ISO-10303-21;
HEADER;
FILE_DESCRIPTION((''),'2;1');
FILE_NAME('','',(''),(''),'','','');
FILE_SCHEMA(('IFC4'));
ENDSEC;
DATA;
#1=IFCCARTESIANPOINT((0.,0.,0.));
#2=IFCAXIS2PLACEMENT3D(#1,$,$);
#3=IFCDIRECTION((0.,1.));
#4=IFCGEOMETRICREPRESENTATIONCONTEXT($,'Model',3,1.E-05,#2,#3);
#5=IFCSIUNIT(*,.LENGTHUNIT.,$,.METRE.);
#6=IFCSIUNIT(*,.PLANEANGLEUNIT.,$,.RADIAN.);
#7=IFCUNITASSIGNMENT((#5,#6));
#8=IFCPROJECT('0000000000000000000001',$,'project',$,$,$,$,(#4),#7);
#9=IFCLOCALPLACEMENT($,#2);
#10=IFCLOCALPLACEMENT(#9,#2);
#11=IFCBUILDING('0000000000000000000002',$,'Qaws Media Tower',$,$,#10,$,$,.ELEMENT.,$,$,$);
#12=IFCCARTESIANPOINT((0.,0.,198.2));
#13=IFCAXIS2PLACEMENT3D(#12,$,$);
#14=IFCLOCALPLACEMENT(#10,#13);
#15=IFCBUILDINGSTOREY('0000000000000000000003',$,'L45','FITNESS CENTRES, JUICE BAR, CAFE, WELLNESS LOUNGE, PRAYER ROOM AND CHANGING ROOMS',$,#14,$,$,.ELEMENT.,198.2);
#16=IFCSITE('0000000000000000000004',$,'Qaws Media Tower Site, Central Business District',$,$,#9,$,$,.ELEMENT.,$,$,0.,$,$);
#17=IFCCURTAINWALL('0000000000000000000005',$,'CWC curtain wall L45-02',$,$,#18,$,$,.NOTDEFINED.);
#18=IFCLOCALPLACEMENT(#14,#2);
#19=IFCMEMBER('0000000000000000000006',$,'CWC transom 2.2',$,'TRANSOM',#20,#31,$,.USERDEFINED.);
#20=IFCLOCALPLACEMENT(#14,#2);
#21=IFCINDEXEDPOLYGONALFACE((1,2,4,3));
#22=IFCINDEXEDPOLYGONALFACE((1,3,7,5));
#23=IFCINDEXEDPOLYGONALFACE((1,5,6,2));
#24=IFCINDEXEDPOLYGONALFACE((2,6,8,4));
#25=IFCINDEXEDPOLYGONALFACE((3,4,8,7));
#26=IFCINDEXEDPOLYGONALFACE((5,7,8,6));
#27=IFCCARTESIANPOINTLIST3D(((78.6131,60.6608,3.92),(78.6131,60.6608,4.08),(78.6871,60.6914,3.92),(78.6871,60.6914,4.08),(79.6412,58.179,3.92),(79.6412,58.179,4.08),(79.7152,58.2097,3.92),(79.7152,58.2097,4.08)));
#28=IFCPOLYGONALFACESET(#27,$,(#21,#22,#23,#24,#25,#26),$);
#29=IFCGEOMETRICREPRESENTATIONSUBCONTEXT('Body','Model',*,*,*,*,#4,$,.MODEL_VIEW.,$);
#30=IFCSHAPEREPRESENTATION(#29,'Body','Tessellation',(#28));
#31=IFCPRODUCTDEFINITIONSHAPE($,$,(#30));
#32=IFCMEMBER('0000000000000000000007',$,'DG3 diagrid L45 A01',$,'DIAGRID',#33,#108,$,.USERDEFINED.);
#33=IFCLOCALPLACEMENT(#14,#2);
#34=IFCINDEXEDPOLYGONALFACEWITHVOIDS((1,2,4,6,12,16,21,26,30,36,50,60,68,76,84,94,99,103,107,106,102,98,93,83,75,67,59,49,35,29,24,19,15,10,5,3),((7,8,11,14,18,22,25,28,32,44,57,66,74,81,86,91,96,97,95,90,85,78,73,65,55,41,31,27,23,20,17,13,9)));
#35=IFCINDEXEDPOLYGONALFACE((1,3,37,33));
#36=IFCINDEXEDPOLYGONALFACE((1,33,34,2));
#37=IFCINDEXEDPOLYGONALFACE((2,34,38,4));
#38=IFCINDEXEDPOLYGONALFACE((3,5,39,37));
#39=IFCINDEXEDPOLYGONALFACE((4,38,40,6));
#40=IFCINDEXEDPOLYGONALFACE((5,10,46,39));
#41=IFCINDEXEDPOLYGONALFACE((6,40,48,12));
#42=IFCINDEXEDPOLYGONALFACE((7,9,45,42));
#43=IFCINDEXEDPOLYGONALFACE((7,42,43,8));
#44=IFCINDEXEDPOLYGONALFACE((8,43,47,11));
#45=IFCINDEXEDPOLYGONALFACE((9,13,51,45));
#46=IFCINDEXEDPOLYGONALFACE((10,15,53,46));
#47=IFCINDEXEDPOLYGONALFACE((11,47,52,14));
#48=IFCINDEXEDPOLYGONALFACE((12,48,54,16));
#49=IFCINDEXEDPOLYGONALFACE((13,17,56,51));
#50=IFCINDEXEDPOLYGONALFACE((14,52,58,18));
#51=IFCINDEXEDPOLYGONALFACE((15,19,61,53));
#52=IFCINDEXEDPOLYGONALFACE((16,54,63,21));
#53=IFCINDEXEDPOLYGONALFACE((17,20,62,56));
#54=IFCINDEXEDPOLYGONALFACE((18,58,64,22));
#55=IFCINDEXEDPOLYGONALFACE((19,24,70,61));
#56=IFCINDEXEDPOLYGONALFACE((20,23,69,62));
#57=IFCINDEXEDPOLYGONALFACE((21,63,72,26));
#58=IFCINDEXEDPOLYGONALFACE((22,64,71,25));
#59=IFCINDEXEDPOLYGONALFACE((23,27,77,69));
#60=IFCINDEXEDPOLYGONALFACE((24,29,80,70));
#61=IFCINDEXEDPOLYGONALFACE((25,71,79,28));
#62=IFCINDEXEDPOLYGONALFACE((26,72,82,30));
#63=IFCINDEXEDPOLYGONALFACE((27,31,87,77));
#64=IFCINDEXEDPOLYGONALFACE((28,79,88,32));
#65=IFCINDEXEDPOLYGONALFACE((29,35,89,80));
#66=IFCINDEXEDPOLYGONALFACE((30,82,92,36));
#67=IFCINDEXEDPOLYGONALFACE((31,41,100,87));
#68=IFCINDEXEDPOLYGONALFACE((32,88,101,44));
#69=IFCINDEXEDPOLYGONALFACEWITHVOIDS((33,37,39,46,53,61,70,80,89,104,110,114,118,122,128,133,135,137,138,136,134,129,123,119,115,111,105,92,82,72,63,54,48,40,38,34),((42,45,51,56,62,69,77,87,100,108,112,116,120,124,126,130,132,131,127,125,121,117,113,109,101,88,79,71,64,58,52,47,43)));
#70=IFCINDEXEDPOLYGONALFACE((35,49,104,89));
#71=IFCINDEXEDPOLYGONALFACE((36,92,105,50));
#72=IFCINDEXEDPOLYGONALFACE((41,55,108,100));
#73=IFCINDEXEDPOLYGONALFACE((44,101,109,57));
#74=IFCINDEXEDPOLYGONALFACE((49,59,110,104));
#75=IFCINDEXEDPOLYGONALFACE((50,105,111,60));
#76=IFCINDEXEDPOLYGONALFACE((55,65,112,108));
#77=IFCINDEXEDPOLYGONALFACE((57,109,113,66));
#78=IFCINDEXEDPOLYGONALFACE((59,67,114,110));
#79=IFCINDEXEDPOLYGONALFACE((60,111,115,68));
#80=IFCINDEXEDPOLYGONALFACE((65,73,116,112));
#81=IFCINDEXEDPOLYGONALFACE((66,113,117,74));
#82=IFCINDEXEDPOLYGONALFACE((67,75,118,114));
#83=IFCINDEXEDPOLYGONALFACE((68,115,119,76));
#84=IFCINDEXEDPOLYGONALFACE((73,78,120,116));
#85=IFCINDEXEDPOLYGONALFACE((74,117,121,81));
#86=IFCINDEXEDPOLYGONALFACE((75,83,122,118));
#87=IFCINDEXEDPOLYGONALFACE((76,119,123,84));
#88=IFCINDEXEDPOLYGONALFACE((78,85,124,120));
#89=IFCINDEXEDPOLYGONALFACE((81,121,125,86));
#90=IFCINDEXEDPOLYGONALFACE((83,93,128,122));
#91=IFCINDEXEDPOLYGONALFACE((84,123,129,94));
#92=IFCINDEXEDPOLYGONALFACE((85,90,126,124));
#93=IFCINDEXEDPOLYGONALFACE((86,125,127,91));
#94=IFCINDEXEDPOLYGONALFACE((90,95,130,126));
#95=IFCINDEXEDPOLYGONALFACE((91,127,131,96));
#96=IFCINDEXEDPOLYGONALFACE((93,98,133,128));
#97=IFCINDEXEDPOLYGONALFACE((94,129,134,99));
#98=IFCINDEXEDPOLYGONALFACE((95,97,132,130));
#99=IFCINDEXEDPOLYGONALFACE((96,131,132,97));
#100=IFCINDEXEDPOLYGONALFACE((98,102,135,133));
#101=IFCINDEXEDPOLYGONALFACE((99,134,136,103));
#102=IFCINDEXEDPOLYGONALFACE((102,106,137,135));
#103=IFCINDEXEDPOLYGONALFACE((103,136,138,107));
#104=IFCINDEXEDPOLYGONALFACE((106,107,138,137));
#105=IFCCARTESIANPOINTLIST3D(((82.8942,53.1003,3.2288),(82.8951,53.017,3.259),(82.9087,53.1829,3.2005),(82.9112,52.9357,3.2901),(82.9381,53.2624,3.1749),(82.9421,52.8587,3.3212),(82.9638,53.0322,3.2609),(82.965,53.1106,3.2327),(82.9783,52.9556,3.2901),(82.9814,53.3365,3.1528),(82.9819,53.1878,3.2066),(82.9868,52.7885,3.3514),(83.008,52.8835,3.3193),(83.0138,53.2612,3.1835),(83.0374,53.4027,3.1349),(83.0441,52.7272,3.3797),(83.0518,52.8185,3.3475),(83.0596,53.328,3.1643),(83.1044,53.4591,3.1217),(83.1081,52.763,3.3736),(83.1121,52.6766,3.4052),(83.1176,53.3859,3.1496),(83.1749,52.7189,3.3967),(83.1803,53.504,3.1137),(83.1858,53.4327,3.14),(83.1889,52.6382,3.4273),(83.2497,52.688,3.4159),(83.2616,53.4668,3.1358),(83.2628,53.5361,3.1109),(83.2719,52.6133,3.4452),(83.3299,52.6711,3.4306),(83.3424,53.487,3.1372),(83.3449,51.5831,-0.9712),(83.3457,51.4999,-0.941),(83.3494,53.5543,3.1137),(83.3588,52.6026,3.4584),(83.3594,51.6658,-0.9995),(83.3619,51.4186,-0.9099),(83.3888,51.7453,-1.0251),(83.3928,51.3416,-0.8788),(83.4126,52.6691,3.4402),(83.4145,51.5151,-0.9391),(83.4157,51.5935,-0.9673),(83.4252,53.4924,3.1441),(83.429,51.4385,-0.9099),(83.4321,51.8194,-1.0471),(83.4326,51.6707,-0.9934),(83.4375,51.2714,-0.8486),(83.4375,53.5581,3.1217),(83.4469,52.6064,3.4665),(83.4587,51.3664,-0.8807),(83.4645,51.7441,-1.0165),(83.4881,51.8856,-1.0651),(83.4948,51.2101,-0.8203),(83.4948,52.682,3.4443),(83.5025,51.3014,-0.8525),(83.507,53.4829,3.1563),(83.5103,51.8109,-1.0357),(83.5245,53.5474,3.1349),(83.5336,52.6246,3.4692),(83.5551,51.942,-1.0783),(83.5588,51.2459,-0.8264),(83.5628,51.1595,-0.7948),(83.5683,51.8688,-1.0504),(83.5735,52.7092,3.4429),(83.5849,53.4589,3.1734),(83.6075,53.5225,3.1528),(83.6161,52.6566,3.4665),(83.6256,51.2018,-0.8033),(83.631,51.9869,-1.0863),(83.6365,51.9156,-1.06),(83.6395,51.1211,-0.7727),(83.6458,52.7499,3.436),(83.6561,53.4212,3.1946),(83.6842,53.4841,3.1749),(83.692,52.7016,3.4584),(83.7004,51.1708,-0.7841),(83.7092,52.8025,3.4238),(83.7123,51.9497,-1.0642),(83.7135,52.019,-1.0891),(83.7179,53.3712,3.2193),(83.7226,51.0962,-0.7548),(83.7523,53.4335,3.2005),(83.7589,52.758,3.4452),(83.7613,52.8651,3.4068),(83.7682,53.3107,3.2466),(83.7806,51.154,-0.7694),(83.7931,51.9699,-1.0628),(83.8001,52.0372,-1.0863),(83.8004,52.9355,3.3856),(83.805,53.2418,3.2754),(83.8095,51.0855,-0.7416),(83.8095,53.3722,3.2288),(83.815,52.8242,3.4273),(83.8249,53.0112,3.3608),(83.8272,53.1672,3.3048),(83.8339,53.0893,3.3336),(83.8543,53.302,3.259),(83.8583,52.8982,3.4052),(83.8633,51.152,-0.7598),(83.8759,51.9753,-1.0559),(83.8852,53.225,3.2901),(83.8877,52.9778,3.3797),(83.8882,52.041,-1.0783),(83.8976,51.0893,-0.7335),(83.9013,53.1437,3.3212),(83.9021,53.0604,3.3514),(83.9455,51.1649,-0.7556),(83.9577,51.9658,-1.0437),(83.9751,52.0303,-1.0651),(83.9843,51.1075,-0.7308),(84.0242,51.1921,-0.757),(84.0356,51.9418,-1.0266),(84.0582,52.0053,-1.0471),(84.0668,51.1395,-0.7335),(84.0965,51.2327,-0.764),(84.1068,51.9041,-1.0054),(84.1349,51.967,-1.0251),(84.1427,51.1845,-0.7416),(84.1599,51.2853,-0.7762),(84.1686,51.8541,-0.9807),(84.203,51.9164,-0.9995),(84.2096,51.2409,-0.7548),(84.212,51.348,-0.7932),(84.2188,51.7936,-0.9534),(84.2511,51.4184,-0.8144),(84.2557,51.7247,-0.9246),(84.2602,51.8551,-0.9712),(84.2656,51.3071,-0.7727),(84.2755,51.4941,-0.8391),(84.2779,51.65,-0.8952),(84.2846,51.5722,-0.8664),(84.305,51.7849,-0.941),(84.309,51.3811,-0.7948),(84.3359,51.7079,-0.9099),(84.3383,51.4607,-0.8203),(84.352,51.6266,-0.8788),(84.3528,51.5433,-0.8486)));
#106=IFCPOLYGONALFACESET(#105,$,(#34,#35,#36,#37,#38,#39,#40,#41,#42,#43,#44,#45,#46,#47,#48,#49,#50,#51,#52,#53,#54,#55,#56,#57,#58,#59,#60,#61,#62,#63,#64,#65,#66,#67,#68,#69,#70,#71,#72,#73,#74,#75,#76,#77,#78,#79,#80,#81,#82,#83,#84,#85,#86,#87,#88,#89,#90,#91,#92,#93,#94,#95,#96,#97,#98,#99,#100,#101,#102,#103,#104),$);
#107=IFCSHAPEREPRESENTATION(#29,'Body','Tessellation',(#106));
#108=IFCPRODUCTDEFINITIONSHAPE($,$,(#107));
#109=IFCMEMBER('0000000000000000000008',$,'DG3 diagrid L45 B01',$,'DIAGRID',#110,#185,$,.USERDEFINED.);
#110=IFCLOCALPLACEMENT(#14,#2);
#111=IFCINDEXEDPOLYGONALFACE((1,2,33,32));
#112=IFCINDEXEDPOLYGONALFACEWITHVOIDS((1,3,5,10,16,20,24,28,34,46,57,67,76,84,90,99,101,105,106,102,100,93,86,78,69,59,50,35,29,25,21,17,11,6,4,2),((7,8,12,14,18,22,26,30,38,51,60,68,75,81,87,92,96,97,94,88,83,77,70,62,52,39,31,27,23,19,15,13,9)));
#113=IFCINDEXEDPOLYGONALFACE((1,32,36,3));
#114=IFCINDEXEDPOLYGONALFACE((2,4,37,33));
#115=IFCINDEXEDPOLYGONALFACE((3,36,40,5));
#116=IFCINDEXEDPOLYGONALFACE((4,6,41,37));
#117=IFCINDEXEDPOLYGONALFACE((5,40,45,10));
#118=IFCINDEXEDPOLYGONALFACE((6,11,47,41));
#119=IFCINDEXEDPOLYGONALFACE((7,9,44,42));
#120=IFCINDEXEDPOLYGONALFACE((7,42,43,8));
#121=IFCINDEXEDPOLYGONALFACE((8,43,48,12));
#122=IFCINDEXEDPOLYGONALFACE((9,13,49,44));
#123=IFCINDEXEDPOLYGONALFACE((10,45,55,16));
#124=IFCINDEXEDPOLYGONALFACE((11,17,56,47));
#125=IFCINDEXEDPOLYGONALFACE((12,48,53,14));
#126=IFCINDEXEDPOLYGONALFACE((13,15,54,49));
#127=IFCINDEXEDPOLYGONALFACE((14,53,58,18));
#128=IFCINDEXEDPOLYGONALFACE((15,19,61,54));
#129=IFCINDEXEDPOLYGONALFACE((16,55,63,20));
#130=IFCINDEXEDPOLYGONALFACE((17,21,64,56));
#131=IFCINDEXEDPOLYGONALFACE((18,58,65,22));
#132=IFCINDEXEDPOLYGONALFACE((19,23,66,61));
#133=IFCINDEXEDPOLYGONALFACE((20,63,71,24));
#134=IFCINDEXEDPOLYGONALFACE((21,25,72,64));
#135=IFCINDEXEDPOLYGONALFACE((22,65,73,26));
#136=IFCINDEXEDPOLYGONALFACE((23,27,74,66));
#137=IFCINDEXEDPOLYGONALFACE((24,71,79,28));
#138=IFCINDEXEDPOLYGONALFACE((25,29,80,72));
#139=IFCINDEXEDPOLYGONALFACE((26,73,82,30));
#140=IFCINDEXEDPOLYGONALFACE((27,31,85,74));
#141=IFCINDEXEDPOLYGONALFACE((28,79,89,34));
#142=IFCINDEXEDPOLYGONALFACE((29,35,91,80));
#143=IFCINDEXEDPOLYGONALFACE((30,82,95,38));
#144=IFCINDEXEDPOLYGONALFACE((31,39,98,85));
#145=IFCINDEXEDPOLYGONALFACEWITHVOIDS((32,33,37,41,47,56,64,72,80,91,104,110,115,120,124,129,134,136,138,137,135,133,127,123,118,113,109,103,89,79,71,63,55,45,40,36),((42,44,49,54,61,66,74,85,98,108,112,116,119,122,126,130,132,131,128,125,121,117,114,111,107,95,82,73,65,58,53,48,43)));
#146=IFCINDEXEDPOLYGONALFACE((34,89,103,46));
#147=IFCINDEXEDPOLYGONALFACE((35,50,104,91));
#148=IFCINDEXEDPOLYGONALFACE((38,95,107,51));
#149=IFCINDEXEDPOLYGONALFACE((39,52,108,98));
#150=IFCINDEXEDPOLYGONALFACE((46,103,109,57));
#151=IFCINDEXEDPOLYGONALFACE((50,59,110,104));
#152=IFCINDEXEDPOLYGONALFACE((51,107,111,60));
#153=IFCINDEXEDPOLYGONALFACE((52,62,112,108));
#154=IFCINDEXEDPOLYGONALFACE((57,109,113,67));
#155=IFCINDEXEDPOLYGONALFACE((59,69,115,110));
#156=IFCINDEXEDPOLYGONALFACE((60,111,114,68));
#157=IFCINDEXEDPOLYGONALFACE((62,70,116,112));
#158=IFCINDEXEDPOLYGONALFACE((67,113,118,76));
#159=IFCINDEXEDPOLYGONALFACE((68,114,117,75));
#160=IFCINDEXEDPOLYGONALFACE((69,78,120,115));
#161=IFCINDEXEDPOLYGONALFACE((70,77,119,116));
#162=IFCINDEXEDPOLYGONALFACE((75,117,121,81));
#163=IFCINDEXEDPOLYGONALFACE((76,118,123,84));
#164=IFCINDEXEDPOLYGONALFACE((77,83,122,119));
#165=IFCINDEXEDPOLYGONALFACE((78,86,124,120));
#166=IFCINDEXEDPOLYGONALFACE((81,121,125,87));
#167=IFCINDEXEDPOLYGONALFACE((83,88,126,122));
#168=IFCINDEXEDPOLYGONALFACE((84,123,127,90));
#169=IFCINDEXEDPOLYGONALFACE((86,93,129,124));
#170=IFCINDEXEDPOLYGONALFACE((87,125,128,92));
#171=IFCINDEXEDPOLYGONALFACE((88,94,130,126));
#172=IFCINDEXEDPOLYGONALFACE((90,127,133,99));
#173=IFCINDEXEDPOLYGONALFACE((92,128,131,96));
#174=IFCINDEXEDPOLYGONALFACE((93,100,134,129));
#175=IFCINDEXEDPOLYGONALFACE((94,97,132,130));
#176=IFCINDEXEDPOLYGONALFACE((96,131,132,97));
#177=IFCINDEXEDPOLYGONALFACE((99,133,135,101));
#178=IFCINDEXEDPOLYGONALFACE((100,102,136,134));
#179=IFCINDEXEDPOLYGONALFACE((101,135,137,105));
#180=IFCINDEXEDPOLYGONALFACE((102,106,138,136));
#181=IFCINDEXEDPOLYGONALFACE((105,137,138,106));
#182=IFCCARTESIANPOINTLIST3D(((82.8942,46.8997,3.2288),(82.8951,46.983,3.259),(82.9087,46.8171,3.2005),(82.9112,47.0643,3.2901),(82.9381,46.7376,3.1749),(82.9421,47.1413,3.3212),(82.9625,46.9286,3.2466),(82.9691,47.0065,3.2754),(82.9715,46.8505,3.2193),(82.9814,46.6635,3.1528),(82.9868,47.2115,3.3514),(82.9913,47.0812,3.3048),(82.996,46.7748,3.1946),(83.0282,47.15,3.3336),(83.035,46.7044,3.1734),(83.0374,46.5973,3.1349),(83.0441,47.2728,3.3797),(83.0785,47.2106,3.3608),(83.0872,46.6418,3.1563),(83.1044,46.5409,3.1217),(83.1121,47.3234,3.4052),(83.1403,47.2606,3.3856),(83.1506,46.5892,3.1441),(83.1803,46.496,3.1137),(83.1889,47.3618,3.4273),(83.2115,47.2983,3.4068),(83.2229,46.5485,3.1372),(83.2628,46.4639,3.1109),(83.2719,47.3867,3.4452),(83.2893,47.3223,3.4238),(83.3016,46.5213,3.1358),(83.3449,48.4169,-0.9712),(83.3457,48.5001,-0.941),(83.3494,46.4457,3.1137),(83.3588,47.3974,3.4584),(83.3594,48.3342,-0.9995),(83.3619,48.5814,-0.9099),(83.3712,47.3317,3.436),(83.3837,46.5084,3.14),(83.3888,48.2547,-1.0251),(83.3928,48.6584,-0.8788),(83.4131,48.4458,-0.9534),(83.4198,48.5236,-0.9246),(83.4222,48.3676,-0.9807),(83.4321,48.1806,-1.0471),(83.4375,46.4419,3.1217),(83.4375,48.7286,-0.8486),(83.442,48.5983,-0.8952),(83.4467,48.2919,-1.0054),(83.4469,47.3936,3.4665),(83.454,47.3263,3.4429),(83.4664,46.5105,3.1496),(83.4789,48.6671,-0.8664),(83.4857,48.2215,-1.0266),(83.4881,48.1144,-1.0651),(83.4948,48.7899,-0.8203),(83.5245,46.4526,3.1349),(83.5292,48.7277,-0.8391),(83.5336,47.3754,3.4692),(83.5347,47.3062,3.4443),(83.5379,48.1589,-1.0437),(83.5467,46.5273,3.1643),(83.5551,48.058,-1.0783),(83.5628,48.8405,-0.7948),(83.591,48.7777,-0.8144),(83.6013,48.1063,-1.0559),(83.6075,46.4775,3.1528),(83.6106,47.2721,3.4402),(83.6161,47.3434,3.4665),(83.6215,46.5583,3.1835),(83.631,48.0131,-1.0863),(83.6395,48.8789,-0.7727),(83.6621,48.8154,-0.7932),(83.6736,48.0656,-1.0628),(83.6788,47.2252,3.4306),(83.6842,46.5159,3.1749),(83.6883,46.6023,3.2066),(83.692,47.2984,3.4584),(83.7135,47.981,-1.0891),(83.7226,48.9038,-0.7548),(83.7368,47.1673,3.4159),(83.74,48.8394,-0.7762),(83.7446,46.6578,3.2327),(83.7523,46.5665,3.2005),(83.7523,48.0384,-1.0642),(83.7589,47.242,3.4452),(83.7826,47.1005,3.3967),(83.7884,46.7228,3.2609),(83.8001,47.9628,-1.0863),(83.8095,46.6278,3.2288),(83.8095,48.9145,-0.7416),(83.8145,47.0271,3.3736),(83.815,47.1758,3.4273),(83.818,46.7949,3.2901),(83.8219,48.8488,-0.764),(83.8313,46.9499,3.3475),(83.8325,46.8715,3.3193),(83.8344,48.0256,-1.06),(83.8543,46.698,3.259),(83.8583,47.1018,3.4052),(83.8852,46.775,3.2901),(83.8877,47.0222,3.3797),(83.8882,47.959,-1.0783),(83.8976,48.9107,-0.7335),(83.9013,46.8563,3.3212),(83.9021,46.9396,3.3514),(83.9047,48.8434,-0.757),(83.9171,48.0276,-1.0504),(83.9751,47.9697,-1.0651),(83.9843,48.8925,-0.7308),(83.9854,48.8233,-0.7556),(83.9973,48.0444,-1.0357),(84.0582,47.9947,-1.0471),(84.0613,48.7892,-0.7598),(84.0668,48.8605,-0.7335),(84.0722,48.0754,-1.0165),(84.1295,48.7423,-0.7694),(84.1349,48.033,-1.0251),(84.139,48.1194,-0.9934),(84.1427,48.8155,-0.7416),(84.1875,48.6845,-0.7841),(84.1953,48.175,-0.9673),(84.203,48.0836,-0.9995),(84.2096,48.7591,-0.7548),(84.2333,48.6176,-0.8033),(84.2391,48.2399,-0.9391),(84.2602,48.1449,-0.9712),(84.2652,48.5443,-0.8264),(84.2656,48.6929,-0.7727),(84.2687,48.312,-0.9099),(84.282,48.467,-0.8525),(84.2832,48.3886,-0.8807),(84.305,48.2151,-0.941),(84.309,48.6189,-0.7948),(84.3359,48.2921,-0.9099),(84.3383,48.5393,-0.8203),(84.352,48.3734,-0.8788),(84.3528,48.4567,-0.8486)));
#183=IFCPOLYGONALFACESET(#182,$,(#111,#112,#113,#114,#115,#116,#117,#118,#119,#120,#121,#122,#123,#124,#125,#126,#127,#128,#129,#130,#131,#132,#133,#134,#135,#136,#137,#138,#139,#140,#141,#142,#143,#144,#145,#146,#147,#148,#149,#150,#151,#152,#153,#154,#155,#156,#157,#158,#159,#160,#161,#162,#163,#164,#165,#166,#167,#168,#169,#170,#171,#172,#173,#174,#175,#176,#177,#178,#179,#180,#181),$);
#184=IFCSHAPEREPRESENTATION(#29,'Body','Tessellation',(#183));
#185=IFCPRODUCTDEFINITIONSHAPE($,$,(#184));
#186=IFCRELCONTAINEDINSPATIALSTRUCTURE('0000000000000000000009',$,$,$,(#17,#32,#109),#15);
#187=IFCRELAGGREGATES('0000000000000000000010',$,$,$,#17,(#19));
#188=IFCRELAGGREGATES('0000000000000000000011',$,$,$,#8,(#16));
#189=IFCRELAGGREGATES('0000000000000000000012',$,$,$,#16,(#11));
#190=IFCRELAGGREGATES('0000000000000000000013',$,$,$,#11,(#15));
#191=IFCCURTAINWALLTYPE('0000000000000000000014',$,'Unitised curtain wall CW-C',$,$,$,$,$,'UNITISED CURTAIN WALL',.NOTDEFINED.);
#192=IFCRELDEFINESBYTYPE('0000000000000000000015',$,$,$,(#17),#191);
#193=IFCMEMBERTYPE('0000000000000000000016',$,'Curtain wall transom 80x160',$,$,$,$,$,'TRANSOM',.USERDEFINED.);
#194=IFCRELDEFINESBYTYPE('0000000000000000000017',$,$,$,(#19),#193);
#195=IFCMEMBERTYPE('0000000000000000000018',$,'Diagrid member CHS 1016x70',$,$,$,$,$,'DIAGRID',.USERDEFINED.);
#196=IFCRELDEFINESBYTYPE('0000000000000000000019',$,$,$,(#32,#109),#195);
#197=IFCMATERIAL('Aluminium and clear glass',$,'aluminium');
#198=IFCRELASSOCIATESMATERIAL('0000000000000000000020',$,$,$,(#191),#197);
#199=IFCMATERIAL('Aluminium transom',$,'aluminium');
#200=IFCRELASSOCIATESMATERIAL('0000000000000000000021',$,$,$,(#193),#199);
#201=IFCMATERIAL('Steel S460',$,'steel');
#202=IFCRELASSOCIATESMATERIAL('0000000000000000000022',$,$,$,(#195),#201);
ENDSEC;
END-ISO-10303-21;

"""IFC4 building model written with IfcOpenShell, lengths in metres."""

from ifc_helpers import new_model, si_unit, direction, frame, origin, origin_2d, place, context, subcontext, project, spatial, rectangle, hollow_circle, extrude, material, material_profile, profile_set, type_object, element, aggregate, save


model = new_model("IFC4")

# Units and contexts
model_context = context("Model", 3, precision=1e-05, world=origin(), true_north=direction((0.0, 1.0)))
body_context = subcontext(model_context, "Body", "Model", "MODEL_VIEW")
ifc_project = project(units=[si_unit("LENGTHUNIT", "METRE"), si_unit("PLANEANGLEUNIT", "RADIAN")], contexts=[model_context])

# Site, building, storey
site_placement = place(None, origin())
site = spatial("IfcSite", under=ifc_project, at=site_placement, Name="Qaws Media Tower Site, Central Business District", CompositionType="ELEMENT", RefElevation=0.0)
building_placement = place(site_placement, origin())
building = spatial("IfcBuilding", under=site, at=building_placement, Name="Qaws Media Tower", CompositionType="ELEMENT")
storey_placement = place(building_placement, frame((0.0, 0.0, 198.2)))
storey = spatial("IfcBuildingStorey", under=building, at=storey_placement, Name="L45", Description="FITNESS CENTRES, JUICE BAR, CAFE, WELLNESS LOUNGE, PRAYER ROOM AND CHANGING ROOMS", CompositionType="ELEMENT", Elevation=198.2)

# Curtain wall
ifc_material_1 = material(Name="Aluminium and clear glass", Category="aluminium")
curtain_wall_type = type_object("IfcCurtainWallType", Name="Unitised curtain wall CW-C", ElementType="UNITISED CURTAIN WALL", PredefinedType="NOTDEFINED", material=ifc_material_1)
curtain_wall_1_placement = place(storey_placement, origin())
curtain_wall_1 = element("IfcCurtainWall", 1, at=curtain_wall_1_placement, inside=storey, type_object=curtain_wall_type, Name="CWC curtain wall L45-02", PredefinedType="NOTDEFINED")

# Member
ifc_material_2 = material(Name="Aluminium transom", Category="aluminium")
ifc_material_profile_1 = material_profile(ifc_material_2, rectangle(XDim=0.0801, YDim=0.1599, at=origin_2d()), Name="80x160")
ifc_profile_set_1 = profile_set([ifc_material_profile_1], Name="Aluminium transom")
member_type_1 = type_object("IfcMemberType", Name="Curtain wall transom 80x160", ElementType="TRANSOM", PredefinedType="USERDEFINED", material=ifc_profile_set_1)
member_1_placement = place(storey_placement, frame((79.6782, 58.1943, 4.0), z_axis=(-0.382724, 0.923863, 0.0), x_axis=(-0.923863, -0.382724, 0.0)))
member_1 = element("IfcMember", 2, at=member_1_placement, type_object=member_type_1, Name="CWC transom 2.2", ObjectType="TRANSOM", PredefinedType="USERDEFINED", context=body_context, shape_type="SweptSolid", body=[
    extrude(rectangle(XDim=0.0801, YDim=0.1599, at=origin_2d()), origin(), (0.0, 0.0, 1.0), 2.6863),
])

# Members
ifc_material_3 = material(Name="Steel S460", Category="steel")
ifc_material_profile_2 = material_profile(ifc_material_3, hollow_circle(Radius=0.5081, WallThickness=0.0701, at=origin_2d()), Name="CHS 1016x70")
ifc_profile_set_2 = profile_set([ifc_material_profile_2], Name="Steel S460")
member_type_2 = type_object("IfcMemberType", Name="Diagrid member CHS 1016x70", ElementType="DIAGRID", PredefinedType="USERDEFINED", material=ifc_profile_set_2)
for number, where, z_axis, x_axis, name in (
    (3, (83.8489, 51.5632, -0.9099), (-0.100414, 0.338015, 0.935769), (-0.958596, -0.284771, 0.0), "DG3 diagrid L45 A01"),
    (4, (83.8489, 48.4368, -0.9099), (-0.100414, -0.338015, 0.935769), (0.958596, -0.284771, 0.0), "DG3 diagrid L45 B01"),
):
    element("IfcMember", number, at=place(storey_placement, frame(where, z_axis=z_axis, x_axis=x_axis)), inside=storey, type_object=member_type_2, Name=name, ObjectType="DIAGRID", PredefinedType="USERDEFINED", context=body_context, shape_type="SweptSolid", body=[
        extrude(hollow_circle(Radius=0.5081, WallThickness=0.0701, at=origin_2d()), origin(), (0.0, 0.0, 1.0), 4.4883),
    ])

aggregate(curtain_wall_1, [member_1])

save(model, "model.ifc")
